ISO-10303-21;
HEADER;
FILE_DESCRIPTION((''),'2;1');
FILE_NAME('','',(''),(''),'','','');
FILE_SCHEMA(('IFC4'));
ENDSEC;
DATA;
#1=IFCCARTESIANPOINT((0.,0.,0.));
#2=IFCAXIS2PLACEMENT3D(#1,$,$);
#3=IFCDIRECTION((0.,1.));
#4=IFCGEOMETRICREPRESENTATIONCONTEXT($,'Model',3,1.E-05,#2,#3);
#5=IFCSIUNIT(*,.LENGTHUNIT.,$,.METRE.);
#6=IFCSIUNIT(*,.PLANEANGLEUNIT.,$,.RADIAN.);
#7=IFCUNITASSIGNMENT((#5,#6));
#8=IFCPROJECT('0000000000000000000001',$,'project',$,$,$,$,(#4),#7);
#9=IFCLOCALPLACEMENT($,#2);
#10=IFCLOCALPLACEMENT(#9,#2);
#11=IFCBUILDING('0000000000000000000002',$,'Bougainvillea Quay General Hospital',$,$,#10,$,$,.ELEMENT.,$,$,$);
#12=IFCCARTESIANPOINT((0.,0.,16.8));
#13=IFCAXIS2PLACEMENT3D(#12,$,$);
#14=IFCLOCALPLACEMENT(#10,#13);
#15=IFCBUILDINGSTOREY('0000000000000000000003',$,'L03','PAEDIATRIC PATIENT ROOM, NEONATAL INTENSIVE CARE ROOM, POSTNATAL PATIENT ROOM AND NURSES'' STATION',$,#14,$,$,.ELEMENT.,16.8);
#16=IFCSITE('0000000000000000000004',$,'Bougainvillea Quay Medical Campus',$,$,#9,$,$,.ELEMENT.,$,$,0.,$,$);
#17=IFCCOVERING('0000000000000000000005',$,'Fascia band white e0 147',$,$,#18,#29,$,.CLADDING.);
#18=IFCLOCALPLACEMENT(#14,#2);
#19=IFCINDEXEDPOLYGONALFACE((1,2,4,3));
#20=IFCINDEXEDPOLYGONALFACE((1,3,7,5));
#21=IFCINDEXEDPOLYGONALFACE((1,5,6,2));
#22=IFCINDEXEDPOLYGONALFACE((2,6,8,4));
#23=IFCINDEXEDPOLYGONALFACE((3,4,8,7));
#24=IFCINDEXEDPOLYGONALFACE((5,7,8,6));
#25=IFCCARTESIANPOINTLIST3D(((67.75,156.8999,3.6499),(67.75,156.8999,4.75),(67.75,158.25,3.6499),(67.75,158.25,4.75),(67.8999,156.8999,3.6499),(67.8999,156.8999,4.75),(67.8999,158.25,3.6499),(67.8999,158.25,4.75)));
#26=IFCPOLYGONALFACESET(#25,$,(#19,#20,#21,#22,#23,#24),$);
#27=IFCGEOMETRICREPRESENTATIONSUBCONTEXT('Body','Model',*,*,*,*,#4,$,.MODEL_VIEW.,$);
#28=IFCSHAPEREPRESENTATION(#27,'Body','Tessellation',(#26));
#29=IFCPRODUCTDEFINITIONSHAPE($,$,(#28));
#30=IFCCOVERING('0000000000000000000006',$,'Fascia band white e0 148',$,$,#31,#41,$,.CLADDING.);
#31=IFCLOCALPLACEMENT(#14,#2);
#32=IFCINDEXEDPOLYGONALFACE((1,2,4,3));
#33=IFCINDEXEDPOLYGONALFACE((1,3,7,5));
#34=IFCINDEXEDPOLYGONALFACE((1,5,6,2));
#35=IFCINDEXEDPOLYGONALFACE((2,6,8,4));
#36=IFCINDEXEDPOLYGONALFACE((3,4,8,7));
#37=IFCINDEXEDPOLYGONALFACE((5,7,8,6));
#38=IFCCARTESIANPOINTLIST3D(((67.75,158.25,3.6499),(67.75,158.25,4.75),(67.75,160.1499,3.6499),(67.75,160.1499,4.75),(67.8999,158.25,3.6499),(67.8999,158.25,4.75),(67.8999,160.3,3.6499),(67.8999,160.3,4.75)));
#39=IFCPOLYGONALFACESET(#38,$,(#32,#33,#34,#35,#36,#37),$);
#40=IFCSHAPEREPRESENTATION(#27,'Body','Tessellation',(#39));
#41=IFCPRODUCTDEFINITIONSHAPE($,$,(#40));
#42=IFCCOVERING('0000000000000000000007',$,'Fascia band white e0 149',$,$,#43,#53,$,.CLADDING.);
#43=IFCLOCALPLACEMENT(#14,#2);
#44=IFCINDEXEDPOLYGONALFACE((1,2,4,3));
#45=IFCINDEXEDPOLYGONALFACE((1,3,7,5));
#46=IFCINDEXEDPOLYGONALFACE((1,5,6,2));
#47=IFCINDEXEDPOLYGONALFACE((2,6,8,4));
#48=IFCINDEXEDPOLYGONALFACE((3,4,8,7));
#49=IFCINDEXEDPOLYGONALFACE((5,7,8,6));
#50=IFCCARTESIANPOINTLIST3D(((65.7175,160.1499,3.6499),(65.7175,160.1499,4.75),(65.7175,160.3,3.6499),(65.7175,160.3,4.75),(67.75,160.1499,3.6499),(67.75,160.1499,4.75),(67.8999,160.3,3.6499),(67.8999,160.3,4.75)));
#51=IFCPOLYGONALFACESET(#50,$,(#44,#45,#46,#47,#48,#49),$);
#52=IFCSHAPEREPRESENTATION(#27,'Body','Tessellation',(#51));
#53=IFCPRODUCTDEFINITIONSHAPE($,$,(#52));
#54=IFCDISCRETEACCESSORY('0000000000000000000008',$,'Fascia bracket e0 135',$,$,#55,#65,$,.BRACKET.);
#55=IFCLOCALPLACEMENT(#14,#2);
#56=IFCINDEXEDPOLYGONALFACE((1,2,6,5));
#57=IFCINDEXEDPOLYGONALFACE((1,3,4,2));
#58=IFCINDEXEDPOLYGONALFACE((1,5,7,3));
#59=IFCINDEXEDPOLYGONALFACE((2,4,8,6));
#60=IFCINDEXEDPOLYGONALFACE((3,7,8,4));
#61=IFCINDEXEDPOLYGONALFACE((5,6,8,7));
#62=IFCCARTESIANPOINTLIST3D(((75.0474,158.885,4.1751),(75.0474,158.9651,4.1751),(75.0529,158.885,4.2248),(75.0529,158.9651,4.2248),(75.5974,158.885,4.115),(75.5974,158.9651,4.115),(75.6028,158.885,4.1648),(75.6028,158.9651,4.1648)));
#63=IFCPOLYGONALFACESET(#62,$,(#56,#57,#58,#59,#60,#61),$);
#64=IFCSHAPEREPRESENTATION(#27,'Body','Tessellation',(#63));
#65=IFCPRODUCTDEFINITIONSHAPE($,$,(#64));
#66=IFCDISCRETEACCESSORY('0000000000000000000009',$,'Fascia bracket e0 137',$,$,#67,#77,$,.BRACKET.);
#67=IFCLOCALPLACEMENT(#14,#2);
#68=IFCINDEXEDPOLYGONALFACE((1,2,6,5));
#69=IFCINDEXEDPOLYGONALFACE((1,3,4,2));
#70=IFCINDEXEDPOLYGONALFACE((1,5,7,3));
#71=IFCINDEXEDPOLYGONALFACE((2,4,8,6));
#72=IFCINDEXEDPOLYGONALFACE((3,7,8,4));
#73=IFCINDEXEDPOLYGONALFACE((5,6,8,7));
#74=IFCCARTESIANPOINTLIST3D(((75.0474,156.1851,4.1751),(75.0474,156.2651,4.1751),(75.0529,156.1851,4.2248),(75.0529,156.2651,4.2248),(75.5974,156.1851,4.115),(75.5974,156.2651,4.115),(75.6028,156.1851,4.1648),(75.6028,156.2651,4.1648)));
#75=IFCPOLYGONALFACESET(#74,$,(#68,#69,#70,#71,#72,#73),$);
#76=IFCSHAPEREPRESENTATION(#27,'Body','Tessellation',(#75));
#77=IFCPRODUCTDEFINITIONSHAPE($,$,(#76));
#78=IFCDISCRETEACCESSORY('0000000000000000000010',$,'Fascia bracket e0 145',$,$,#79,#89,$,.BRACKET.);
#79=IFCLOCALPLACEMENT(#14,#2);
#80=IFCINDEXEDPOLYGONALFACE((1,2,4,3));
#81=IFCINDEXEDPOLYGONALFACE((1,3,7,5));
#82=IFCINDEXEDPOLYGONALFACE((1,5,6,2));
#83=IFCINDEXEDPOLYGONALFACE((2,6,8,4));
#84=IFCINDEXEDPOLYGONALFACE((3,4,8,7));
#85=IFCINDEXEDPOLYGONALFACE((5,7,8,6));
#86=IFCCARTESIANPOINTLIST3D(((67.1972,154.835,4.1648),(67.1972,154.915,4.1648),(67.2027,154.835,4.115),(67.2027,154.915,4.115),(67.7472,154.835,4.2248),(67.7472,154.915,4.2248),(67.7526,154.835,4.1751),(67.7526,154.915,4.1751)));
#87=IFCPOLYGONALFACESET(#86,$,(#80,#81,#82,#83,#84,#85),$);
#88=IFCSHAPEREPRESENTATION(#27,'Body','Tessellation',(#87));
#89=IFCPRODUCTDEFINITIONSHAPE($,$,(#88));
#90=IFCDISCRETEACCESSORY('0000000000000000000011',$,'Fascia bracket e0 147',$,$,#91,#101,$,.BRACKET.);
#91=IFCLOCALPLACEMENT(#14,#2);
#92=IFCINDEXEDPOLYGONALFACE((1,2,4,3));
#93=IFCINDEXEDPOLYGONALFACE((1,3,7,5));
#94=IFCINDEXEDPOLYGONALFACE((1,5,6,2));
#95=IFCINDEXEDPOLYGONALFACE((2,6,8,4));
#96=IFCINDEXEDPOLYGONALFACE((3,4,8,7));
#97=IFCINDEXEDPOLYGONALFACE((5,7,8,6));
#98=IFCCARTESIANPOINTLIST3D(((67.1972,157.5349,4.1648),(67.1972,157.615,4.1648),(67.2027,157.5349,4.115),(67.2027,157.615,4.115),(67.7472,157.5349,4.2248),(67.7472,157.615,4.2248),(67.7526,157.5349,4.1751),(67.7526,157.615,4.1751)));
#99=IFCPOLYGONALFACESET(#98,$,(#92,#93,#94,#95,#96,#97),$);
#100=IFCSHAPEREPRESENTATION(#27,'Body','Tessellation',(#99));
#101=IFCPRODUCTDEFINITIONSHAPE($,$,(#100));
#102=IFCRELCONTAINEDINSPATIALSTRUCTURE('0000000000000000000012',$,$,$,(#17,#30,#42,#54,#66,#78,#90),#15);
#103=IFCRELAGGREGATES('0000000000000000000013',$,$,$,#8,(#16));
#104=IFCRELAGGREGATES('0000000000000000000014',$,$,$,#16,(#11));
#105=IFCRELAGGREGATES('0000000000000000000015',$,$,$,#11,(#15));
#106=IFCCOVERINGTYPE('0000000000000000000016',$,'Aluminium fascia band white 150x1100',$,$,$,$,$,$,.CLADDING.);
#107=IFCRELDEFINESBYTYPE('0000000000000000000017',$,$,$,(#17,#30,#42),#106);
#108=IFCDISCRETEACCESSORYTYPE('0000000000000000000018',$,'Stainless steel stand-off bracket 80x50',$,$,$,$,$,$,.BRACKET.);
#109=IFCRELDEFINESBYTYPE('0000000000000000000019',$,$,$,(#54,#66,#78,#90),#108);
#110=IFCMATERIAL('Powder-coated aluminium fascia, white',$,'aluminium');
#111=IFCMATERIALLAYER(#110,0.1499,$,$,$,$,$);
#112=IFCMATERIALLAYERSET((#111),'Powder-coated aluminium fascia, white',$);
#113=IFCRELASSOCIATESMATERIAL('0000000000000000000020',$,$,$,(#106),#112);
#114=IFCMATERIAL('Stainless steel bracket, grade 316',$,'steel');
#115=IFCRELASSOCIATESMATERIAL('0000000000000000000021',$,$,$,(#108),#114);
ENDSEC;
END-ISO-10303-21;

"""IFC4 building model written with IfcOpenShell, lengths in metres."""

from ifc_helpers import new_model, si_unit, direction, frame, origin, origin_2d, place, context, subcontext, project, spatial, polyline, rectangle, outline, extrude, material, layer, layer_set, material_profile, profile_set, type_object, element, save


model = new_model("IFC4")

# Units and contexts
model_context = context("Model", 3, precision=1e-05, world=origin(), true_north=direction((0.0, 1.0)))
body_context = subcontext(model_context, "Body", "Model", "MODEL_VIEW")
ifc_project = project(units=[si_unit("LENGTHUNIT", "METRE"), si_unit("PLANEANGLEUNIT", "RADIAN")], contexts=[model_context])

# Site, building, storey
site_placement = place(None, origin())
site = spatial("IfcSite", under=ifc_project, at=site_placement, Name="Bougainvillea Quay Medical Campus", CompositionType="ELEMENT", RefElevation=0.0)
building_placement = place(site_placement, origin())
building = spatial("IfcBuilding", under=site, at=building_placement, Name="Bougainvillea Quay General Hospital", CompositionType="ELEMENT")
storey_placement = place(building_placement, frame((0.0, 0.0, 16.8)))
storey = spatial("IfcBuildingStorey", under=building, at=storey_placement, Name="L03", Description="PAEDIATRIC PATIENT ROOM, NEONATAL INTENSIVE CARE ROOM, POSTNATAL PATIENT ROOM AND NURSES' STATION", CompositionType="ELEMENT", Elevation=16.8)

# Coverings
ifc_material_1 = material(Name="Powder-coated aluminium fascia, white", Category="aluminium")
ifc_layer_1 = layer(ifc_material_1, 0.1499)
ifc_layer_set_1 = layer_set([ifc_layer_1], Name="Powder-coated aluminium fascia, white")
covering_type = type_object("IfcCoveringType", Name="Aluminium fascia band white 150x1100", PredefinedType="CLADDING", material=ifc_layer_set_1)
covering_1_placement = place(storey_placement, frame((67.75, 156.8999, 3.6499), z_axis=(0.0, 0.0, 1.0), x_axis=(0.0, 1.0, 0.0)))
element("IfcCovering", 1, at=covering_1_placement, inside=storey, type_object=covering_type, Name="Fascia band white e0 147", PredefinedType="CLADDING", context=body_context, shape_type="SweptSolid", body=[
    extrude(outline(polyline([(0.0, 0.0), (1.3501, 0.0), (1.3501, -0.1499), (0.0, -0.1499), (0.0, 0.0)])), origin(), (0.0, 0.0, 1.0), 1.1001),
])
covering_2_placement = place(storey_placement, frame((67.75, 158.25, 3.6499), z_axis=(0.0, 0.0, 1.0), x_axis=(0.0, 1.0, 0.0)))
element("IfcCovering", 2, at=covering_2_placement, inside=storey, type_object=covering_type, Name="Fascia band white e0 148", PredefinedType="CLADDING", context=body_context, shape_type="SweptSolid", body=[
    extrude(outline(polyline([(0.0, 0.0), (1.8999, 0.0), (2.05, -0.1499), (0.0, -0.1499), (0.0, 0.0)])), origin(), (0.0, 0.0, 1.0), 1.1001),
])
covering_3_placement = place(storey_placement, frame((67.75, 160.1499, 3.6499), z_axis=(0.0, 0.0, 1.0), x_axis=(-1.0, 0.0, 0.0)))
element("IfcCovering", 3, at=covering_3_placement, inside=storey, type_object=covering_type, Name="Fascia band white e0 149", PredefinedType="CLADDING", context=body_context, shape_type="SweptSolid", body=[
    extrude(outline(polyline([(0.0, 0.0), (2.0325, 0.0), (2.0325, -0.1501), (-0.1499, -0.1501), (0.0, 0.0)])), origin(), (0.0, 0.0, 1.0), 1.1001),
])

# Discrete accessories
ifc_material_2 = material(Name="Stainless steel bracket, grade 316", Category="steel")
ifc_material_profile_1 = material_profile(ifc_material_2, rectangle(XDim=0.0801, YDim=0.05, at=origin_2d()))
ifc_profile_set_1 = profile_set([ifc_material_profile_1], Name="Stainless steel bracket, grade 316")
discrete_accessory_type = type_object("IfcDiscreteAccessoryType", Name="Stainless steel stand-off bracket 80x50", PredefinedType="BRACKET", material=ifc_profile_set_1)
for number, where, z_axis, x_axis, name in (
    (4, (75.6001, 158.925, 4.1399), (-0.994092, 0.0, 0.108543), (0.0, -1.0, 0.0), "Fascia bracket e0 135"),
    (5, (75.6001, 156.2251, 4.1399), (-0.994092, 0.0, 0.108543), (0.0, -1.0, 0.0), "Fascia bracket e0 137"),
    (6, (67.2, 154.875, 4.1399), (0.994092, 0.0, 0.108543), (0.0, 1.0, 0.0), "Fascia bracket e0 145"),
    (7, (67.2, 157.575, 4.1399), (0.994092, 0.0, 0.108543), (0.0, 1.0, 0.0), "Fascia bracket e0 147"),
):
    element("IfcDiscreteAccessory", number, at=place(storey_placement, frame(where, z_axis=z_axis, x_axis=x_axis)), inside=storey, type_object=discrete_accessory_type, Name=name, PredefinedType="BRACKET", context=body_context, shape_type="SweptSolid", body=[
        extrude(rectangle(XDim=0.0801, YDim=0.05, at=origin_2d()), origin(), (0.0, 0.0, 1.0), 0.5532),
    ])

save(model, "model.ifc")
